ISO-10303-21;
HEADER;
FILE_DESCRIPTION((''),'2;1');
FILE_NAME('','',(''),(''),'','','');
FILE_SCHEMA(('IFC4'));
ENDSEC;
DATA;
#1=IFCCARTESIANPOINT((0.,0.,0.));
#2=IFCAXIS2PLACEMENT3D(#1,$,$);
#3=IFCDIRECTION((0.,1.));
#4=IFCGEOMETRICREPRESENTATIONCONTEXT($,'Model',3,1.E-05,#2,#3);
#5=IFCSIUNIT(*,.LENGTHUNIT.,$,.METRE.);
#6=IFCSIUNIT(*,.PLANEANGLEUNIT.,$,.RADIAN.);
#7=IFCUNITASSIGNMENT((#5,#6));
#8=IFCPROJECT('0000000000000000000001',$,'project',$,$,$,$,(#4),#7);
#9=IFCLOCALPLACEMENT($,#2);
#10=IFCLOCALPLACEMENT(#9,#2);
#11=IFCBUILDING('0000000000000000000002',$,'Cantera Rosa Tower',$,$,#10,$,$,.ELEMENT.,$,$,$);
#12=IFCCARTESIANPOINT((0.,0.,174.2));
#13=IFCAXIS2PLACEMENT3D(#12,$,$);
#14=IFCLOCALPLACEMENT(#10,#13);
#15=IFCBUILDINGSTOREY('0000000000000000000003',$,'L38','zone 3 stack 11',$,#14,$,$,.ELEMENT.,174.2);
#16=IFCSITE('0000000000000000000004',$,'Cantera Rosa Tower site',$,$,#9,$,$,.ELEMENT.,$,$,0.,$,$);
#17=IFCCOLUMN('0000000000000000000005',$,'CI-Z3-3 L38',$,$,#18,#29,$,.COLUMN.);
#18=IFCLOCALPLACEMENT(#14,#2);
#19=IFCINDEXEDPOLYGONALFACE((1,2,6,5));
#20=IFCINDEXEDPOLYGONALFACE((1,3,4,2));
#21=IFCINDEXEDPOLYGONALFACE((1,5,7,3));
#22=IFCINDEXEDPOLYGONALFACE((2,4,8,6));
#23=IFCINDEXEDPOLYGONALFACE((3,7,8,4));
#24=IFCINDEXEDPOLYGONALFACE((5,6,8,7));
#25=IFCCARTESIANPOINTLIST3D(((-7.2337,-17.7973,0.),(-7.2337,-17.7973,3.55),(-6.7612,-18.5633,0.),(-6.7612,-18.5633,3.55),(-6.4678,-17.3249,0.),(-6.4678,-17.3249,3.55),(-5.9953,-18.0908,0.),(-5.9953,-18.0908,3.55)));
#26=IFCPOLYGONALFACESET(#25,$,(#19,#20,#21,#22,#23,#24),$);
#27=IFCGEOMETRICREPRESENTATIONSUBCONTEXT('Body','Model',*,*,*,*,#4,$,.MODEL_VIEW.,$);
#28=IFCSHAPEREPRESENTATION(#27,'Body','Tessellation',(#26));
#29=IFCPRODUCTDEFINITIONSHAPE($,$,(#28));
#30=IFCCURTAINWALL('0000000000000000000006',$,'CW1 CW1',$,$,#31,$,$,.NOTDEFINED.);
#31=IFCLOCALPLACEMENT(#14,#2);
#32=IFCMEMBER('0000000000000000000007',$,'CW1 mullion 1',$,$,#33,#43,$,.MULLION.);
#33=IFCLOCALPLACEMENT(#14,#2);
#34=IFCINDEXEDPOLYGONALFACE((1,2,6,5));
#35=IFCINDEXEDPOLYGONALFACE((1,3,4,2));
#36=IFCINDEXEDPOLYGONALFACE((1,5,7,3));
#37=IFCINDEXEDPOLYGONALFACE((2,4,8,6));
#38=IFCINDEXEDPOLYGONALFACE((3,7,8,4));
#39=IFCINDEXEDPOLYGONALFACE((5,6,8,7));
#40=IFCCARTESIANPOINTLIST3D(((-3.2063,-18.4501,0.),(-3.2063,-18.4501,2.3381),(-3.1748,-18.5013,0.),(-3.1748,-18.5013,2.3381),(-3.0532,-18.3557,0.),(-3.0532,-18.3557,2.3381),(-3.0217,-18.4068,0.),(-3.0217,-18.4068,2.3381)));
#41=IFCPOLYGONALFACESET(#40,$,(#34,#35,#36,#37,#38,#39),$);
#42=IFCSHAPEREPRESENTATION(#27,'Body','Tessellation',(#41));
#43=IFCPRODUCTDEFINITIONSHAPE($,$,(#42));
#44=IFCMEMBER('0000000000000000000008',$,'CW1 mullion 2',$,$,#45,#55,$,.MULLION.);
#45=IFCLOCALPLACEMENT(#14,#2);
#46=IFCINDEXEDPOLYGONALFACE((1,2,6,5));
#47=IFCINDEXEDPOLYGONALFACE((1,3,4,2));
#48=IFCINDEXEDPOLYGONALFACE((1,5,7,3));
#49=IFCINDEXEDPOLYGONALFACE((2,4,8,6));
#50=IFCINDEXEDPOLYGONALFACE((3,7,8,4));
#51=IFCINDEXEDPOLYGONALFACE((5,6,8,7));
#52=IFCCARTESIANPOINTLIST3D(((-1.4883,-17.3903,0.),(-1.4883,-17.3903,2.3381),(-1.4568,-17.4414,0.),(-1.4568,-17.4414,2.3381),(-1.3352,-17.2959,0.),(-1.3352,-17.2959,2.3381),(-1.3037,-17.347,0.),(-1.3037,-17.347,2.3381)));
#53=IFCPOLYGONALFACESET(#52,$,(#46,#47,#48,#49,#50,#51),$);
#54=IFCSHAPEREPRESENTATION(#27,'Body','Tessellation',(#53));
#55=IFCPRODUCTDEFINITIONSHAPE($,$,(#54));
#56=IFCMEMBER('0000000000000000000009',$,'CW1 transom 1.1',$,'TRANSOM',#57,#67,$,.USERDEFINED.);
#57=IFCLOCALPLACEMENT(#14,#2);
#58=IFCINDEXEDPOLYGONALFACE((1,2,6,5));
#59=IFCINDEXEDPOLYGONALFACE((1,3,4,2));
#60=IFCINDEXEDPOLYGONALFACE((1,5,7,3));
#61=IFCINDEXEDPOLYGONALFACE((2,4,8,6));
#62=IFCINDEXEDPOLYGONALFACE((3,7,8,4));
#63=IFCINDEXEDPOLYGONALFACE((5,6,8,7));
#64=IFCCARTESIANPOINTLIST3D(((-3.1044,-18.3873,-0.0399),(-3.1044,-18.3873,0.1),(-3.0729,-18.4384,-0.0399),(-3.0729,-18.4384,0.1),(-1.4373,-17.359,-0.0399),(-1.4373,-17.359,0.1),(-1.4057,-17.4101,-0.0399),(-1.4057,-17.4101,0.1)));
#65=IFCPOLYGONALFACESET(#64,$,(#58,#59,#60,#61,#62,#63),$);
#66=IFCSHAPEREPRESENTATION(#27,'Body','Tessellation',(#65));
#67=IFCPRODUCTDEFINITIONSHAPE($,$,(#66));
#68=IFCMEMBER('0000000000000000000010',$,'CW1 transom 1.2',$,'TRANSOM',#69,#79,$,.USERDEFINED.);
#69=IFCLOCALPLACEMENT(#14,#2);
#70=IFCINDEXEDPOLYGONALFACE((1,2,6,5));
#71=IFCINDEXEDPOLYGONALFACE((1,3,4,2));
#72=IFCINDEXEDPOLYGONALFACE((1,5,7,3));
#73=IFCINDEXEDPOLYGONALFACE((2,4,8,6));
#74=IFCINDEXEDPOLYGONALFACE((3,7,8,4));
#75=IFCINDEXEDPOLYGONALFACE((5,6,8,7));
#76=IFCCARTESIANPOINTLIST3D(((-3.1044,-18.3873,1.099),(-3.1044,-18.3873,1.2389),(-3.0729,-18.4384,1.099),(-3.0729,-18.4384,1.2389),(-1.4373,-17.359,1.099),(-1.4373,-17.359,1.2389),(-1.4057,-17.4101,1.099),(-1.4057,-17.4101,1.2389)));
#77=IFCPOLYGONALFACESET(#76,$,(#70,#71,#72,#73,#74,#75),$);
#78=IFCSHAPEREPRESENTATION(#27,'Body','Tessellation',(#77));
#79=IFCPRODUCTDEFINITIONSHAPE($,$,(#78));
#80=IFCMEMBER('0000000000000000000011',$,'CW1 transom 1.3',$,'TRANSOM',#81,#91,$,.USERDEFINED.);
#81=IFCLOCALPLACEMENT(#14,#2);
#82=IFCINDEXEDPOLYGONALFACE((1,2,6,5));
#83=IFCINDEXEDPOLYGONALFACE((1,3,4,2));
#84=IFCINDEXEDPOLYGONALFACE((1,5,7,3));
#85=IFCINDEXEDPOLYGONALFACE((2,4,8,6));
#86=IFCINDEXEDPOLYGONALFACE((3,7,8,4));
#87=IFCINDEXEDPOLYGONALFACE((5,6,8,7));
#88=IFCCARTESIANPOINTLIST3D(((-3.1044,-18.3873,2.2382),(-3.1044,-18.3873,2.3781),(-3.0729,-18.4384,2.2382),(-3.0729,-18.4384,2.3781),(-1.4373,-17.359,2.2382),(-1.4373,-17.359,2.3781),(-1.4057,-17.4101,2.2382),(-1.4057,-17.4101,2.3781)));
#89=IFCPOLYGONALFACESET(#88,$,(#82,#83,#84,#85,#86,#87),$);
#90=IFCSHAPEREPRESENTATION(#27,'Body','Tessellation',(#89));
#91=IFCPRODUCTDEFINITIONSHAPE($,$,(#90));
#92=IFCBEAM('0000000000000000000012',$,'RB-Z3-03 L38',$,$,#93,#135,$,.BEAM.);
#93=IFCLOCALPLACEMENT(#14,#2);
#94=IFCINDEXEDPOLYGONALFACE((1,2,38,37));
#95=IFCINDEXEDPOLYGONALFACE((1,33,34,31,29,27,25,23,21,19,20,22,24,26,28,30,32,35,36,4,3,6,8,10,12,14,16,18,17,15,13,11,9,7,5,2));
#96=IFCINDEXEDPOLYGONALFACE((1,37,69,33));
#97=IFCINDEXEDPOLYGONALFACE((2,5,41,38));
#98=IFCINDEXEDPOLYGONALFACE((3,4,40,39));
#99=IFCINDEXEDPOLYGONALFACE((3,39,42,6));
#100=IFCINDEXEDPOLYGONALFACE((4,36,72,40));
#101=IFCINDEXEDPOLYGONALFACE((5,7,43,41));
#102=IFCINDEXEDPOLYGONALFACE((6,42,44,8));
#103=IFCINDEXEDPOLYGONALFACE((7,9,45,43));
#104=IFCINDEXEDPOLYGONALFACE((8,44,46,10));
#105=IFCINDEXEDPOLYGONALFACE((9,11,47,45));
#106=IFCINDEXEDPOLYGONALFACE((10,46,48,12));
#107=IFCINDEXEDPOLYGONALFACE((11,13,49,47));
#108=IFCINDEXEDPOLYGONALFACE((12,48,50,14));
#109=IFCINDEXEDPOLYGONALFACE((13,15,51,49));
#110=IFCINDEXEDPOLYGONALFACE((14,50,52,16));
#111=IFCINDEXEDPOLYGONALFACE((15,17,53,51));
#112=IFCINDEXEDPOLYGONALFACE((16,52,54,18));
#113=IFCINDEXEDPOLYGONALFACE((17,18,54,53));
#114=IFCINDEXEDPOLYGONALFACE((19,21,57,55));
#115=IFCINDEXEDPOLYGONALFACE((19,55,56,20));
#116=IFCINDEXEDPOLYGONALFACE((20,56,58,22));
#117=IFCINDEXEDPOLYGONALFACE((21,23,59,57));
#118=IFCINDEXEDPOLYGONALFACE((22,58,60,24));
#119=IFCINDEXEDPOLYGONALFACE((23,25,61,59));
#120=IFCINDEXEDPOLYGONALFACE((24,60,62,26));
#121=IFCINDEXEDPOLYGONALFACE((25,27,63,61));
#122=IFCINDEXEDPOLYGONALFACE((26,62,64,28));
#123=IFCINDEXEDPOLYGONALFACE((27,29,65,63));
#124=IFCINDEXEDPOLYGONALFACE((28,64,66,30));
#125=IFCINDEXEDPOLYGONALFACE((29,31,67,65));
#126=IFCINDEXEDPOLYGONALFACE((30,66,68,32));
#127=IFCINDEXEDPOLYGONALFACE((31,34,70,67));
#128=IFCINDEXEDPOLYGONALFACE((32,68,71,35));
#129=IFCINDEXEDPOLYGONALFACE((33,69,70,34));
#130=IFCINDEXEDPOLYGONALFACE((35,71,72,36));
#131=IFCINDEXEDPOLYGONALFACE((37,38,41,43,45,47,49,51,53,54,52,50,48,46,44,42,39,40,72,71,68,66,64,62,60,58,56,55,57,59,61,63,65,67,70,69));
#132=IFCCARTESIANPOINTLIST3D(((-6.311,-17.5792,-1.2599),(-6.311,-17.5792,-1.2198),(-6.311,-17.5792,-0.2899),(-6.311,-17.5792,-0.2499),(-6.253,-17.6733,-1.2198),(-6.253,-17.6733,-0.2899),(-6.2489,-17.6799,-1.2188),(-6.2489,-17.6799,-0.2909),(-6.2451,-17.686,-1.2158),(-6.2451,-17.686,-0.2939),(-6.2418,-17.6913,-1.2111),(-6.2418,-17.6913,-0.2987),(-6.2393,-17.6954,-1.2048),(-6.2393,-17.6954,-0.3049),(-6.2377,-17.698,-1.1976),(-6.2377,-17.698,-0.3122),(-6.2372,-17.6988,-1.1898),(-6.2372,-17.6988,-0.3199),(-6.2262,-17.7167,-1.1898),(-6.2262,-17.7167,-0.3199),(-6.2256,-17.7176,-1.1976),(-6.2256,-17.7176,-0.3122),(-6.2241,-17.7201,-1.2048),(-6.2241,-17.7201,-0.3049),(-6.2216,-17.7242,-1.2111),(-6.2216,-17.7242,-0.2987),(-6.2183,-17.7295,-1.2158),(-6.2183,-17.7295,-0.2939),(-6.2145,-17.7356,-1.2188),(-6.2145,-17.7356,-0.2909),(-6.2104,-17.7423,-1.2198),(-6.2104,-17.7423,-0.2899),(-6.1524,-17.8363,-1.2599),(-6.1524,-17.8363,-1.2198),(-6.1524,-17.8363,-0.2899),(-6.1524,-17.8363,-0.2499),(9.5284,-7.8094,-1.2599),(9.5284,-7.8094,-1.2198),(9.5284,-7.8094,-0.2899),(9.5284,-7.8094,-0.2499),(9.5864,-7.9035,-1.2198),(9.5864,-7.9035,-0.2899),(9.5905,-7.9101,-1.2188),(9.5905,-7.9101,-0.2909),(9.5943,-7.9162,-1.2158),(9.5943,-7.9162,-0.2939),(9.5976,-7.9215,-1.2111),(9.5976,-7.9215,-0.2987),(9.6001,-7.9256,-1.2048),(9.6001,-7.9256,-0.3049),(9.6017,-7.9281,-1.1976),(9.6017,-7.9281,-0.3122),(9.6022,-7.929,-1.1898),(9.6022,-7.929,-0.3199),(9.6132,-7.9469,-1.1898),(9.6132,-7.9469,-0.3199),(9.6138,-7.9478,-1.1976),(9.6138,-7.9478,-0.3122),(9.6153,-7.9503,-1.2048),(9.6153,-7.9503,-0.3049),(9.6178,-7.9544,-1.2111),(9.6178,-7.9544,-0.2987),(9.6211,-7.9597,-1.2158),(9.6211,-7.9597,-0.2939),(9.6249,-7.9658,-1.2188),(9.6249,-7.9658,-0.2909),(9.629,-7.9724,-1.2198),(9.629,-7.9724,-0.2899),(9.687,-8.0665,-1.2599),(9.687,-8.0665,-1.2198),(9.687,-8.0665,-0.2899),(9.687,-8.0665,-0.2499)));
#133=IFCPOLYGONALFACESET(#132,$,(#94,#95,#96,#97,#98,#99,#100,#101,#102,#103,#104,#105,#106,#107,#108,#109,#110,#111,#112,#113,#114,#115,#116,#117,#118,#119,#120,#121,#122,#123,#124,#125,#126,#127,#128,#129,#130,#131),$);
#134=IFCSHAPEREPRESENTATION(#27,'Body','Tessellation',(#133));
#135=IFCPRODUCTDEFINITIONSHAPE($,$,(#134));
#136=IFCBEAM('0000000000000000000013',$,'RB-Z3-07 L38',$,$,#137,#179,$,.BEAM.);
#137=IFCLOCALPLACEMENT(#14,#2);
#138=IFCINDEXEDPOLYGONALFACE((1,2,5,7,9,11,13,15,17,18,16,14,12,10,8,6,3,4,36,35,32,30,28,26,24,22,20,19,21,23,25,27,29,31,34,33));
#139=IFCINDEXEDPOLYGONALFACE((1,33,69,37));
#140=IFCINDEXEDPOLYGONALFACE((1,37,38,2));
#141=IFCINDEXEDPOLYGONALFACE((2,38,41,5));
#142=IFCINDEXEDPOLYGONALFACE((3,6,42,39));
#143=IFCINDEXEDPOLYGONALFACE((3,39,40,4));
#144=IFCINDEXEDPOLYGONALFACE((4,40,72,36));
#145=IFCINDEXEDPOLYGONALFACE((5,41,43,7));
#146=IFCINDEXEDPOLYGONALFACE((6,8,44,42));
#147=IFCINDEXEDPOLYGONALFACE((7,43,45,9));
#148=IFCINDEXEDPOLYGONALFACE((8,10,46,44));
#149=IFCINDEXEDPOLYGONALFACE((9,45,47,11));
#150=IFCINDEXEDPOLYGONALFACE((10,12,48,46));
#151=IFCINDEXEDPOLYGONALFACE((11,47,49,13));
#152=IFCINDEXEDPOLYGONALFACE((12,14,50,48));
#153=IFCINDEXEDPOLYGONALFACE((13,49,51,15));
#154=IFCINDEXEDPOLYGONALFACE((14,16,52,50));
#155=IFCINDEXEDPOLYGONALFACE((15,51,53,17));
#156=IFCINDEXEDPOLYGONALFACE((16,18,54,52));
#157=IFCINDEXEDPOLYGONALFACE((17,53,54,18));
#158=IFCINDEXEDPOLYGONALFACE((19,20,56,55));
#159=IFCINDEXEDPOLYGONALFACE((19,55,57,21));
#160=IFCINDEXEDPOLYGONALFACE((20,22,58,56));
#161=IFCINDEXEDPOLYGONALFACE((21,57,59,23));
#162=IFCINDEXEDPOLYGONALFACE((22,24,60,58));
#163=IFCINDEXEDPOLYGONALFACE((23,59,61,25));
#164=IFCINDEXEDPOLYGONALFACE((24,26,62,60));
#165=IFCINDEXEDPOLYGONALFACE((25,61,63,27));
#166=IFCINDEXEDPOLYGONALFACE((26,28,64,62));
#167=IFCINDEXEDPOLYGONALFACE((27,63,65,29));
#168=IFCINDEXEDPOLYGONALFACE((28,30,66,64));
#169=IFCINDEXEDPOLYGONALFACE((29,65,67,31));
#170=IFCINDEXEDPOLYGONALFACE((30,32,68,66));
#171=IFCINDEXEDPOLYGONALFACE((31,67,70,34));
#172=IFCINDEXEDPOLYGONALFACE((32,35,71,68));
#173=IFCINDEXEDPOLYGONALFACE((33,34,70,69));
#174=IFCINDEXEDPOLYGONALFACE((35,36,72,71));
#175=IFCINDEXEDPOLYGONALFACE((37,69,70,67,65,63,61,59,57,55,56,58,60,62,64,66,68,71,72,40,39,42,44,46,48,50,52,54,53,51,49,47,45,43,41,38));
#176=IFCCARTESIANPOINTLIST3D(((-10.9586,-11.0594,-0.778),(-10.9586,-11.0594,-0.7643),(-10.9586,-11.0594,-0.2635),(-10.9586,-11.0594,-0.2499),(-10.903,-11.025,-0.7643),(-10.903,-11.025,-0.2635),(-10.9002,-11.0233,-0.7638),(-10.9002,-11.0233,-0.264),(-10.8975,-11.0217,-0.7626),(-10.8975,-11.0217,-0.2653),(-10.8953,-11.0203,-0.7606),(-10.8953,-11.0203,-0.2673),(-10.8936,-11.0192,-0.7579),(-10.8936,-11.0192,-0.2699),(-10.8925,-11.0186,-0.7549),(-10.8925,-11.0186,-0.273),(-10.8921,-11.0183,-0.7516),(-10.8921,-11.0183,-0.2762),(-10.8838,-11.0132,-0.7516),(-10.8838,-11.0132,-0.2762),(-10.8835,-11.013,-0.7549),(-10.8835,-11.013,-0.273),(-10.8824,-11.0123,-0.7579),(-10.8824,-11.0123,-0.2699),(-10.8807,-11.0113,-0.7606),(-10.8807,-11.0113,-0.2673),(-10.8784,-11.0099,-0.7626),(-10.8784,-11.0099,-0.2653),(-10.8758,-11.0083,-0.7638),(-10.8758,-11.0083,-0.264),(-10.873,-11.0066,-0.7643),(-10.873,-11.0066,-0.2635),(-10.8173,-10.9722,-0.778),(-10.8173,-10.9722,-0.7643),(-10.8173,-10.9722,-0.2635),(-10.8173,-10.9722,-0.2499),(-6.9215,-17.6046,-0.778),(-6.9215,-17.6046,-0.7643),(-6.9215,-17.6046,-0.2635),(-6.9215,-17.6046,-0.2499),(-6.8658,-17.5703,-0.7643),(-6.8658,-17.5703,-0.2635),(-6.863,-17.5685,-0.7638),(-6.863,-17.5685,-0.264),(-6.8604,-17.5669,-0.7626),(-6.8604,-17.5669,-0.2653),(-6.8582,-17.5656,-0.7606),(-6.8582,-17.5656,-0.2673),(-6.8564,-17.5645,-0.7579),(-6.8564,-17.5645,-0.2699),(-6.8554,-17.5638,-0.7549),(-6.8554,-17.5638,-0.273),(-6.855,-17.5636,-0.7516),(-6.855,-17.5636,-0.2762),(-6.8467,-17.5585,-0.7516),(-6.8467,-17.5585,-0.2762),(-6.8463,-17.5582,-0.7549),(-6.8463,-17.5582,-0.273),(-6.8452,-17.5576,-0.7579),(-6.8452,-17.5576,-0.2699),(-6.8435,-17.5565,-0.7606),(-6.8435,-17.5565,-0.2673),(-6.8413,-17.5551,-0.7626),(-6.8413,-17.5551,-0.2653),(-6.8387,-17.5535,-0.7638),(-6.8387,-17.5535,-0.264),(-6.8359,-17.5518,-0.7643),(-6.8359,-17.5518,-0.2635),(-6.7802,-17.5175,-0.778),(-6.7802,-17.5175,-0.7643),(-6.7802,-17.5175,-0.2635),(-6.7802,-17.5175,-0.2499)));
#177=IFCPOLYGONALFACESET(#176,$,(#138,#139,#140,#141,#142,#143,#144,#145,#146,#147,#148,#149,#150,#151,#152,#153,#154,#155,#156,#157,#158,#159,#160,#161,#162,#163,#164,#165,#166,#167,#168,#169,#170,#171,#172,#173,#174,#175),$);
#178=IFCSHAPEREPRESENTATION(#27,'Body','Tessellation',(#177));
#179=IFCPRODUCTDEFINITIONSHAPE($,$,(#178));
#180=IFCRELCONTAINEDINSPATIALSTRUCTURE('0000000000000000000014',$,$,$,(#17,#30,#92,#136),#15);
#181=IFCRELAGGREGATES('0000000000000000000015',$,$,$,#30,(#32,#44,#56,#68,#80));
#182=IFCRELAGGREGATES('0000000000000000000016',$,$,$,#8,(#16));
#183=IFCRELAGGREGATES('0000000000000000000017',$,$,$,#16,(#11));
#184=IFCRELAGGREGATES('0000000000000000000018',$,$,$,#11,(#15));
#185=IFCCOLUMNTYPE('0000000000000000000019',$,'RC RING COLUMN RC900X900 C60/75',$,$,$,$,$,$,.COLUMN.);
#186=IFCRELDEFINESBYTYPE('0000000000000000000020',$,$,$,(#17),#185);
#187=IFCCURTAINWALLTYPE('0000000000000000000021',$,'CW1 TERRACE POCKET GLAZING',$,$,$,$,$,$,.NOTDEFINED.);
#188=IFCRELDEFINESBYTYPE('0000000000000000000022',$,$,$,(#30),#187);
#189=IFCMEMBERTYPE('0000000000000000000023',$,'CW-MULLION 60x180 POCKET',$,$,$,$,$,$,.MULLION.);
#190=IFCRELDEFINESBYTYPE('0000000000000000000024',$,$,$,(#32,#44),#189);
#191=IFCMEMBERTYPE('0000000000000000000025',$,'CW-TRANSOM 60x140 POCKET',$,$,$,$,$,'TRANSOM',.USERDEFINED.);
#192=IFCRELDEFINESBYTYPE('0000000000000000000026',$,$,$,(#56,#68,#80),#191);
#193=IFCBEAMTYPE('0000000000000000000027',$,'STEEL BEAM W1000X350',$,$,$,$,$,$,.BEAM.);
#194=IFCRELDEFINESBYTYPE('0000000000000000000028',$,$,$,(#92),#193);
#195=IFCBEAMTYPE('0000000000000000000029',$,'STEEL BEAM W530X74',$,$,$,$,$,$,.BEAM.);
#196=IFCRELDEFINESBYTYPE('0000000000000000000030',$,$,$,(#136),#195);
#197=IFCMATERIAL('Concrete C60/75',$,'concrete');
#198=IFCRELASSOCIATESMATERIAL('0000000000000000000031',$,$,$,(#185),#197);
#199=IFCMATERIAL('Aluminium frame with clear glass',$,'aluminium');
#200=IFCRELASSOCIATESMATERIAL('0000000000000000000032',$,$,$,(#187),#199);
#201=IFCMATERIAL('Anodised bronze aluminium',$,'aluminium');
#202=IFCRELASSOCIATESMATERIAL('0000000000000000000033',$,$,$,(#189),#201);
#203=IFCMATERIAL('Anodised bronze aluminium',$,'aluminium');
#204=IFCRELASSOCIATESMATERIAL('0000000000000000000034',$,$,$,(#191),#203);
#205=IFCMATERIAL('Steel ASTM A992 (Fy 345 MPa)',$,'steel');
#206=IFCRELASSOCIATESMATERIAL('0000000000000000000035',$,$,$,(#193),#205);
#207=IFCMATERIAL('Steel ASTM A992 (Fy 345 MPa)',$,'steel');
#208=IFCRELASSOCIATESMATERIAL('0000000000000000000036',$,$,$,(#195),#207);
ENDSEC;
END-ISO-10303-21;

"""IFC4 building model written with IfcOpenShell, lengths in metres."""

from ifc_helpers import new_model, si_unit, direction, frame, origin, origin_2d, place, context, subcontext, project, spatial, rectangle, i_section, extrude, material, material_profile, profile_set, type_object, element, aggregate, save


model = new_model("IFC4")

# Units and contexts
model_context = context("Model", 3, precision=1e-05, world=origin(), true_north=direction((0.0, 1.0)))
body_context = subcontext(model_context, "Body", "Model", "MODEL_VIEW")
ifc_project = project(units=[si_unit("LENGTHUNIT", "METRE"), si_unit("PLANEANGLEUNIT", "RADIAN")], contexts=[model_context])

# Site, building, storey
site_placement = place(None, origin())
site = spatial("IfcSite", under=ifc_project, at=site_placement, Name="Cantera Rosa Tower site", CompositionType="ELEMENT", RefElevation=0.0)
building_placement = place(site_placement, origin())
building = spatial("IfcBuilding", under=site, at=building_placement, Name="Cantera Rosa Tower", CompositionType="ELEMENT")
storey_placement = place(building_placement, frame((0.0, 0.0, 174.2)))
storey = spatial("IfcBuildingStorey", under=building, at=storey_placement, Name="L38", Description="zone 3 stack 11", CompositionType="ELEMENT", Elevation=174.2)

# Column
ifc_material_1 = material(Name="Concrete C60/75", Category="concrete")
ifc_material_profile_1 = material_profile(ifc_material_1, rectangle(XDim=0.8999, YDim=0.8999, at=origin_2d()), Name="RC RING COLUMN RC900X900 C60/75")
ifc_profile_set_1 = profile_set([ifc_material_profile_1], Name="Concrete C60/75")
column_type = type_object("IfcColumnType", Name="RC RING COLUMN RC900X900 C60/75", PredefinedType="COLUMN", material=ifc_profile_set_1)
column_placement = place(storey_placement, frame((-6.6145, -17.9441, 0.0), z_axis=(0.0, 0.0, 1.0), x_axis=(0.851117, 0.524977, 0.0)))
element("IfcColumn", 1, at=column_placement, inside=storey, type_object=column_type, Name="CI-Z3-3 L38", PredefinedType="COLUMN", context=body_context, shape_type="SweptSolid", body=[
    extrude(rectangle(XDim=0.8999, YDim=0.8999, at=origin_2d()), origin(), (0.0, 0.0, 1.0), 3.55),
])

# Curtain wall, members
ifc_material_2 = material(Name="Aluminium frame with clear glass", Category="aluminium")
curtain_wall_type = type_object("IfcCurtainWallType", Name="CW1 TERRACE POCKET GLAZING", PredefinedType="NOTDEFINED", material=ifc_material_2)
curtain_wall_placement = place(storey_placement, origin())
curtain_wall = element("IfcCurtainWall", 2, at=curtain_wall_placement, inside=storey, type_object=curtain_wall_type, Name="CW1 CW1", PredefinedType="NOTDEFINED")
ifc_material_3 = material(Name="Anodised bronze aluminium", Category="aluminium")
ifc_material_profile_2 = material_profile(ifc_material_3, rectangle(XDim=0.0601, YDim=0.1799, at=origin_2d()), Name="CW-MULLION 60x180 POCKET")
ifc_profile_set_2 = profile_set([ifc_material_profile_2], Name="Anodised bronze aluminium")
member_type_1 = type_object("IfcMemberType", Name="CW-MULLION 60x180 POCKET", PredefinedType="MULLION", material=ifc_profile_set_2)
member_1_placement = place(storey_placement, frame((-3.114, -18.4285, 0.0), z_axis=(0.0, 0.0, 1.0), x_axis=(-0.524977, 0.851117, 0.0)))
member_1 = element("IfcMember", 3, at=member_1_placement, type_object=member_type_1, Name="CW1 mullion 1", PredefinedType="MULLION", context=body_context, shape_type="SweptSolid", body=[
    extrude(rectangle(XDim=0.0601, YDim=0.1799, at=origin_2d()), origin(), (0.0, 0.0, 1.0), 2.3381),
])
member_2_placement = place(storey_placement, frame((-1.396, -17.3687, 0.0), z_axis=(0.0, 0.0, 1.0), x_axis=(-0.524977, 0.851117, 0.0)))
member_2 = element("IfcMember", 4, at=member_2_placement, type_object=member_type_1, Name="CW1 mullion 2", PredefinedType="MULLION", context=body_context, shape_type="SweptSolid", body=[
    extrude(rectangle(XDim=0.0601, YDim=0.1799, at=origin_2d()), origin(), (0.0, 0.0, 1.0), 2.3381),
])
ifc_material_4 = material(Name="Anodised bronze aluminium", Category="aluminium")
ifc_material_profile_3 = material_profile(ifc_material_4, rectangle(XDim=0.0601, YDim=0.1399, at=origin_2d()), Name="CW-TRANSOM 60x140 POCKET")
ifc_profile_set_3 = profile_set([ifc_material_profile_3], Name="Anodised bronze aluminium")
member_type_2 = type_object("IfcMemberType", Name="CW-TRANSOM 60x140 POCKET", ElementType="TRANSOM", PredefinedType="USERDEFINED", material=ifc_profile_set_3)
member_3_placement = place(storey_placement, frame((-3.0886, -18.4128, 0.03), z_axis=(0.851127, 0.524959, 0.0), x_axis=(-0.524959, 0.851127, 0.0)))
member_3 = element("IfcMember", 5, at=member_3_placement, type_object=member_type_2, Name="CW1 transom 1.1", ObjectType="TRANSOM", PredefinedType="USERDEFINED", context=body_context, shape_type="SweptSolid", body=[
    extrude(rectangle(XDim=0.0601, YDim=0.1399, at=origin_2d()), origin(), (0.0, 0.0, 1.0), 1.9587),
])
member_4_placement = place(storey_placement, frame((-3.0886, -18.4128, 1.1689), z_axis=(0.851127, 0.524959, 0.0), x_axis=(-0.524959, 0.851127, 0.0)))
member_4 = element("IfcMember", 6, at=member_4_placement, type_object=member_type_2, Name="CW1 transom 1.2", ObjectType="TRANSOM", PredefinedType="USERDEFINED", context=body_context, shape_type="SweptSolid", body=[
    extrude(rectangle(XDim=0.0601, YDim=0.1399, at=origin_2d()), origin(), (0.0, 0.0, 1.0), 1.9587),
])
member_5_placement = place(storey_placement, frame((-3.0886, -18.4128, 2.3081), z_axis=(0.851127, 0.524959, 0.0), x_axis=(-0.524959, 0.851127, 0.0)))
member_5 = element("IfcMember", 7, at=member_5_placement, type_object=member_type_2, Name="CW1 transom 1.3", ObjectType="TRANSOM", PredefinedType="USERDEFINED", context=body_context, shape_type="SweptSolid", body=[
    extrude(rectangle(XDim=0.0601, YDim=0.1399, at=origin_2d()), origin(), (0.0, 0.0, 1.0), 1.9587),
])

# Beams
ifc_material_5 = material(Name="Steel ASTM A992 (Fy 345 MPa)", Category="steel")
ifc_material_profile_4 = material_profile(ifc_material_5, i_section(OverallWidth=0.302, OverallDepth=1.01, WebThickness=0.021, FlangeThickness=0.04, FilletRadius=0.03, at=origin_2d()), Name="W1000X350")
ifc_profile_set_4 = profile_set([ifc_material_profile_4], Name="Steel ASTM A992 (Fy 345 MPa)")
beam_type_1 = type_object("IfcBeamType", Name="STEEL BEAM W1000X350", PredefinedType="BEAM", material=ifc_profile_set_4)
beam_1_placement = place(storey_placement, frame((-6.2317, -17.7078, -0.7549), z_axis=(0.851119, 0.524973, 0.0), x_axis=(-0.524973, 0.851119, 0.0)))
element("IfcBeam", 8, at=beam_1_placement, inside=storey, type_object=beam_type_1, Name="RB-Z3-03 L38", PredefinedType="BEAM", context=body_context, shape_type="SweptSolid", body=[
    extrude(i_section(OverallWidth=0.302, OverallDepth=1.01, WebThickness=0.021, FlangeThickness=0.04, FilletRadius=0.03, at=origin_2d()), origin(), (0.0, 0.0, 1.0), 18.6101),
])
ifc_material_6 = material(Name="Steel ASTM A992 (Fy 345 MPa)", Category="steel")
ifc_material_profile_5 = material_profile(ifc_material_6, i_section(OverallWidth=0.166, OverallDepth=0.5281, WebThickness=0.0098, FlangeThickness=0.0137, FilletRadius=0.0127, at=origin_2d()), Name="W530X74")
ifc_profile_set_5 = profile_set([ifc_material_profile_5], Name="Steel ASTM A992 (Fy 345 MPa)")
beam_type_2 = type_object("IfcBeamType", Name="STEEL BEAM W530X74", PredefinedType="BEAM", material=ifc_profile_set_5)
beam_2_placement = place(storey_placement, frame((-6.8508, -17.561, -0.5139), z_axis=(-0.524976, 0.851117, 0.0), x_axis=(-0.851117, -0.524976, 0.0)))
element("IfcBeam", 9, at=beam_2_placement, inside=storey, type_object=beam_type_2, Name="RB-Z3-07 L38", PredefinedType="BEAM", context=body_context, shape_type="SweptSolid", body=[
    extrude(i_section(OverallWidth=0.166, OverallDepth=0.5281, WebThickness=0.0098, FlangeThickness=0.0137, FilletRadius=0.0127, at=origin_2d()), origin(), (0.0, 0.0, 1.0), 7.6902),
])

aggregate(curtain_wall, [member_1, member_2, member_3, member_4, member_5])

save(model, "model.ifc")
